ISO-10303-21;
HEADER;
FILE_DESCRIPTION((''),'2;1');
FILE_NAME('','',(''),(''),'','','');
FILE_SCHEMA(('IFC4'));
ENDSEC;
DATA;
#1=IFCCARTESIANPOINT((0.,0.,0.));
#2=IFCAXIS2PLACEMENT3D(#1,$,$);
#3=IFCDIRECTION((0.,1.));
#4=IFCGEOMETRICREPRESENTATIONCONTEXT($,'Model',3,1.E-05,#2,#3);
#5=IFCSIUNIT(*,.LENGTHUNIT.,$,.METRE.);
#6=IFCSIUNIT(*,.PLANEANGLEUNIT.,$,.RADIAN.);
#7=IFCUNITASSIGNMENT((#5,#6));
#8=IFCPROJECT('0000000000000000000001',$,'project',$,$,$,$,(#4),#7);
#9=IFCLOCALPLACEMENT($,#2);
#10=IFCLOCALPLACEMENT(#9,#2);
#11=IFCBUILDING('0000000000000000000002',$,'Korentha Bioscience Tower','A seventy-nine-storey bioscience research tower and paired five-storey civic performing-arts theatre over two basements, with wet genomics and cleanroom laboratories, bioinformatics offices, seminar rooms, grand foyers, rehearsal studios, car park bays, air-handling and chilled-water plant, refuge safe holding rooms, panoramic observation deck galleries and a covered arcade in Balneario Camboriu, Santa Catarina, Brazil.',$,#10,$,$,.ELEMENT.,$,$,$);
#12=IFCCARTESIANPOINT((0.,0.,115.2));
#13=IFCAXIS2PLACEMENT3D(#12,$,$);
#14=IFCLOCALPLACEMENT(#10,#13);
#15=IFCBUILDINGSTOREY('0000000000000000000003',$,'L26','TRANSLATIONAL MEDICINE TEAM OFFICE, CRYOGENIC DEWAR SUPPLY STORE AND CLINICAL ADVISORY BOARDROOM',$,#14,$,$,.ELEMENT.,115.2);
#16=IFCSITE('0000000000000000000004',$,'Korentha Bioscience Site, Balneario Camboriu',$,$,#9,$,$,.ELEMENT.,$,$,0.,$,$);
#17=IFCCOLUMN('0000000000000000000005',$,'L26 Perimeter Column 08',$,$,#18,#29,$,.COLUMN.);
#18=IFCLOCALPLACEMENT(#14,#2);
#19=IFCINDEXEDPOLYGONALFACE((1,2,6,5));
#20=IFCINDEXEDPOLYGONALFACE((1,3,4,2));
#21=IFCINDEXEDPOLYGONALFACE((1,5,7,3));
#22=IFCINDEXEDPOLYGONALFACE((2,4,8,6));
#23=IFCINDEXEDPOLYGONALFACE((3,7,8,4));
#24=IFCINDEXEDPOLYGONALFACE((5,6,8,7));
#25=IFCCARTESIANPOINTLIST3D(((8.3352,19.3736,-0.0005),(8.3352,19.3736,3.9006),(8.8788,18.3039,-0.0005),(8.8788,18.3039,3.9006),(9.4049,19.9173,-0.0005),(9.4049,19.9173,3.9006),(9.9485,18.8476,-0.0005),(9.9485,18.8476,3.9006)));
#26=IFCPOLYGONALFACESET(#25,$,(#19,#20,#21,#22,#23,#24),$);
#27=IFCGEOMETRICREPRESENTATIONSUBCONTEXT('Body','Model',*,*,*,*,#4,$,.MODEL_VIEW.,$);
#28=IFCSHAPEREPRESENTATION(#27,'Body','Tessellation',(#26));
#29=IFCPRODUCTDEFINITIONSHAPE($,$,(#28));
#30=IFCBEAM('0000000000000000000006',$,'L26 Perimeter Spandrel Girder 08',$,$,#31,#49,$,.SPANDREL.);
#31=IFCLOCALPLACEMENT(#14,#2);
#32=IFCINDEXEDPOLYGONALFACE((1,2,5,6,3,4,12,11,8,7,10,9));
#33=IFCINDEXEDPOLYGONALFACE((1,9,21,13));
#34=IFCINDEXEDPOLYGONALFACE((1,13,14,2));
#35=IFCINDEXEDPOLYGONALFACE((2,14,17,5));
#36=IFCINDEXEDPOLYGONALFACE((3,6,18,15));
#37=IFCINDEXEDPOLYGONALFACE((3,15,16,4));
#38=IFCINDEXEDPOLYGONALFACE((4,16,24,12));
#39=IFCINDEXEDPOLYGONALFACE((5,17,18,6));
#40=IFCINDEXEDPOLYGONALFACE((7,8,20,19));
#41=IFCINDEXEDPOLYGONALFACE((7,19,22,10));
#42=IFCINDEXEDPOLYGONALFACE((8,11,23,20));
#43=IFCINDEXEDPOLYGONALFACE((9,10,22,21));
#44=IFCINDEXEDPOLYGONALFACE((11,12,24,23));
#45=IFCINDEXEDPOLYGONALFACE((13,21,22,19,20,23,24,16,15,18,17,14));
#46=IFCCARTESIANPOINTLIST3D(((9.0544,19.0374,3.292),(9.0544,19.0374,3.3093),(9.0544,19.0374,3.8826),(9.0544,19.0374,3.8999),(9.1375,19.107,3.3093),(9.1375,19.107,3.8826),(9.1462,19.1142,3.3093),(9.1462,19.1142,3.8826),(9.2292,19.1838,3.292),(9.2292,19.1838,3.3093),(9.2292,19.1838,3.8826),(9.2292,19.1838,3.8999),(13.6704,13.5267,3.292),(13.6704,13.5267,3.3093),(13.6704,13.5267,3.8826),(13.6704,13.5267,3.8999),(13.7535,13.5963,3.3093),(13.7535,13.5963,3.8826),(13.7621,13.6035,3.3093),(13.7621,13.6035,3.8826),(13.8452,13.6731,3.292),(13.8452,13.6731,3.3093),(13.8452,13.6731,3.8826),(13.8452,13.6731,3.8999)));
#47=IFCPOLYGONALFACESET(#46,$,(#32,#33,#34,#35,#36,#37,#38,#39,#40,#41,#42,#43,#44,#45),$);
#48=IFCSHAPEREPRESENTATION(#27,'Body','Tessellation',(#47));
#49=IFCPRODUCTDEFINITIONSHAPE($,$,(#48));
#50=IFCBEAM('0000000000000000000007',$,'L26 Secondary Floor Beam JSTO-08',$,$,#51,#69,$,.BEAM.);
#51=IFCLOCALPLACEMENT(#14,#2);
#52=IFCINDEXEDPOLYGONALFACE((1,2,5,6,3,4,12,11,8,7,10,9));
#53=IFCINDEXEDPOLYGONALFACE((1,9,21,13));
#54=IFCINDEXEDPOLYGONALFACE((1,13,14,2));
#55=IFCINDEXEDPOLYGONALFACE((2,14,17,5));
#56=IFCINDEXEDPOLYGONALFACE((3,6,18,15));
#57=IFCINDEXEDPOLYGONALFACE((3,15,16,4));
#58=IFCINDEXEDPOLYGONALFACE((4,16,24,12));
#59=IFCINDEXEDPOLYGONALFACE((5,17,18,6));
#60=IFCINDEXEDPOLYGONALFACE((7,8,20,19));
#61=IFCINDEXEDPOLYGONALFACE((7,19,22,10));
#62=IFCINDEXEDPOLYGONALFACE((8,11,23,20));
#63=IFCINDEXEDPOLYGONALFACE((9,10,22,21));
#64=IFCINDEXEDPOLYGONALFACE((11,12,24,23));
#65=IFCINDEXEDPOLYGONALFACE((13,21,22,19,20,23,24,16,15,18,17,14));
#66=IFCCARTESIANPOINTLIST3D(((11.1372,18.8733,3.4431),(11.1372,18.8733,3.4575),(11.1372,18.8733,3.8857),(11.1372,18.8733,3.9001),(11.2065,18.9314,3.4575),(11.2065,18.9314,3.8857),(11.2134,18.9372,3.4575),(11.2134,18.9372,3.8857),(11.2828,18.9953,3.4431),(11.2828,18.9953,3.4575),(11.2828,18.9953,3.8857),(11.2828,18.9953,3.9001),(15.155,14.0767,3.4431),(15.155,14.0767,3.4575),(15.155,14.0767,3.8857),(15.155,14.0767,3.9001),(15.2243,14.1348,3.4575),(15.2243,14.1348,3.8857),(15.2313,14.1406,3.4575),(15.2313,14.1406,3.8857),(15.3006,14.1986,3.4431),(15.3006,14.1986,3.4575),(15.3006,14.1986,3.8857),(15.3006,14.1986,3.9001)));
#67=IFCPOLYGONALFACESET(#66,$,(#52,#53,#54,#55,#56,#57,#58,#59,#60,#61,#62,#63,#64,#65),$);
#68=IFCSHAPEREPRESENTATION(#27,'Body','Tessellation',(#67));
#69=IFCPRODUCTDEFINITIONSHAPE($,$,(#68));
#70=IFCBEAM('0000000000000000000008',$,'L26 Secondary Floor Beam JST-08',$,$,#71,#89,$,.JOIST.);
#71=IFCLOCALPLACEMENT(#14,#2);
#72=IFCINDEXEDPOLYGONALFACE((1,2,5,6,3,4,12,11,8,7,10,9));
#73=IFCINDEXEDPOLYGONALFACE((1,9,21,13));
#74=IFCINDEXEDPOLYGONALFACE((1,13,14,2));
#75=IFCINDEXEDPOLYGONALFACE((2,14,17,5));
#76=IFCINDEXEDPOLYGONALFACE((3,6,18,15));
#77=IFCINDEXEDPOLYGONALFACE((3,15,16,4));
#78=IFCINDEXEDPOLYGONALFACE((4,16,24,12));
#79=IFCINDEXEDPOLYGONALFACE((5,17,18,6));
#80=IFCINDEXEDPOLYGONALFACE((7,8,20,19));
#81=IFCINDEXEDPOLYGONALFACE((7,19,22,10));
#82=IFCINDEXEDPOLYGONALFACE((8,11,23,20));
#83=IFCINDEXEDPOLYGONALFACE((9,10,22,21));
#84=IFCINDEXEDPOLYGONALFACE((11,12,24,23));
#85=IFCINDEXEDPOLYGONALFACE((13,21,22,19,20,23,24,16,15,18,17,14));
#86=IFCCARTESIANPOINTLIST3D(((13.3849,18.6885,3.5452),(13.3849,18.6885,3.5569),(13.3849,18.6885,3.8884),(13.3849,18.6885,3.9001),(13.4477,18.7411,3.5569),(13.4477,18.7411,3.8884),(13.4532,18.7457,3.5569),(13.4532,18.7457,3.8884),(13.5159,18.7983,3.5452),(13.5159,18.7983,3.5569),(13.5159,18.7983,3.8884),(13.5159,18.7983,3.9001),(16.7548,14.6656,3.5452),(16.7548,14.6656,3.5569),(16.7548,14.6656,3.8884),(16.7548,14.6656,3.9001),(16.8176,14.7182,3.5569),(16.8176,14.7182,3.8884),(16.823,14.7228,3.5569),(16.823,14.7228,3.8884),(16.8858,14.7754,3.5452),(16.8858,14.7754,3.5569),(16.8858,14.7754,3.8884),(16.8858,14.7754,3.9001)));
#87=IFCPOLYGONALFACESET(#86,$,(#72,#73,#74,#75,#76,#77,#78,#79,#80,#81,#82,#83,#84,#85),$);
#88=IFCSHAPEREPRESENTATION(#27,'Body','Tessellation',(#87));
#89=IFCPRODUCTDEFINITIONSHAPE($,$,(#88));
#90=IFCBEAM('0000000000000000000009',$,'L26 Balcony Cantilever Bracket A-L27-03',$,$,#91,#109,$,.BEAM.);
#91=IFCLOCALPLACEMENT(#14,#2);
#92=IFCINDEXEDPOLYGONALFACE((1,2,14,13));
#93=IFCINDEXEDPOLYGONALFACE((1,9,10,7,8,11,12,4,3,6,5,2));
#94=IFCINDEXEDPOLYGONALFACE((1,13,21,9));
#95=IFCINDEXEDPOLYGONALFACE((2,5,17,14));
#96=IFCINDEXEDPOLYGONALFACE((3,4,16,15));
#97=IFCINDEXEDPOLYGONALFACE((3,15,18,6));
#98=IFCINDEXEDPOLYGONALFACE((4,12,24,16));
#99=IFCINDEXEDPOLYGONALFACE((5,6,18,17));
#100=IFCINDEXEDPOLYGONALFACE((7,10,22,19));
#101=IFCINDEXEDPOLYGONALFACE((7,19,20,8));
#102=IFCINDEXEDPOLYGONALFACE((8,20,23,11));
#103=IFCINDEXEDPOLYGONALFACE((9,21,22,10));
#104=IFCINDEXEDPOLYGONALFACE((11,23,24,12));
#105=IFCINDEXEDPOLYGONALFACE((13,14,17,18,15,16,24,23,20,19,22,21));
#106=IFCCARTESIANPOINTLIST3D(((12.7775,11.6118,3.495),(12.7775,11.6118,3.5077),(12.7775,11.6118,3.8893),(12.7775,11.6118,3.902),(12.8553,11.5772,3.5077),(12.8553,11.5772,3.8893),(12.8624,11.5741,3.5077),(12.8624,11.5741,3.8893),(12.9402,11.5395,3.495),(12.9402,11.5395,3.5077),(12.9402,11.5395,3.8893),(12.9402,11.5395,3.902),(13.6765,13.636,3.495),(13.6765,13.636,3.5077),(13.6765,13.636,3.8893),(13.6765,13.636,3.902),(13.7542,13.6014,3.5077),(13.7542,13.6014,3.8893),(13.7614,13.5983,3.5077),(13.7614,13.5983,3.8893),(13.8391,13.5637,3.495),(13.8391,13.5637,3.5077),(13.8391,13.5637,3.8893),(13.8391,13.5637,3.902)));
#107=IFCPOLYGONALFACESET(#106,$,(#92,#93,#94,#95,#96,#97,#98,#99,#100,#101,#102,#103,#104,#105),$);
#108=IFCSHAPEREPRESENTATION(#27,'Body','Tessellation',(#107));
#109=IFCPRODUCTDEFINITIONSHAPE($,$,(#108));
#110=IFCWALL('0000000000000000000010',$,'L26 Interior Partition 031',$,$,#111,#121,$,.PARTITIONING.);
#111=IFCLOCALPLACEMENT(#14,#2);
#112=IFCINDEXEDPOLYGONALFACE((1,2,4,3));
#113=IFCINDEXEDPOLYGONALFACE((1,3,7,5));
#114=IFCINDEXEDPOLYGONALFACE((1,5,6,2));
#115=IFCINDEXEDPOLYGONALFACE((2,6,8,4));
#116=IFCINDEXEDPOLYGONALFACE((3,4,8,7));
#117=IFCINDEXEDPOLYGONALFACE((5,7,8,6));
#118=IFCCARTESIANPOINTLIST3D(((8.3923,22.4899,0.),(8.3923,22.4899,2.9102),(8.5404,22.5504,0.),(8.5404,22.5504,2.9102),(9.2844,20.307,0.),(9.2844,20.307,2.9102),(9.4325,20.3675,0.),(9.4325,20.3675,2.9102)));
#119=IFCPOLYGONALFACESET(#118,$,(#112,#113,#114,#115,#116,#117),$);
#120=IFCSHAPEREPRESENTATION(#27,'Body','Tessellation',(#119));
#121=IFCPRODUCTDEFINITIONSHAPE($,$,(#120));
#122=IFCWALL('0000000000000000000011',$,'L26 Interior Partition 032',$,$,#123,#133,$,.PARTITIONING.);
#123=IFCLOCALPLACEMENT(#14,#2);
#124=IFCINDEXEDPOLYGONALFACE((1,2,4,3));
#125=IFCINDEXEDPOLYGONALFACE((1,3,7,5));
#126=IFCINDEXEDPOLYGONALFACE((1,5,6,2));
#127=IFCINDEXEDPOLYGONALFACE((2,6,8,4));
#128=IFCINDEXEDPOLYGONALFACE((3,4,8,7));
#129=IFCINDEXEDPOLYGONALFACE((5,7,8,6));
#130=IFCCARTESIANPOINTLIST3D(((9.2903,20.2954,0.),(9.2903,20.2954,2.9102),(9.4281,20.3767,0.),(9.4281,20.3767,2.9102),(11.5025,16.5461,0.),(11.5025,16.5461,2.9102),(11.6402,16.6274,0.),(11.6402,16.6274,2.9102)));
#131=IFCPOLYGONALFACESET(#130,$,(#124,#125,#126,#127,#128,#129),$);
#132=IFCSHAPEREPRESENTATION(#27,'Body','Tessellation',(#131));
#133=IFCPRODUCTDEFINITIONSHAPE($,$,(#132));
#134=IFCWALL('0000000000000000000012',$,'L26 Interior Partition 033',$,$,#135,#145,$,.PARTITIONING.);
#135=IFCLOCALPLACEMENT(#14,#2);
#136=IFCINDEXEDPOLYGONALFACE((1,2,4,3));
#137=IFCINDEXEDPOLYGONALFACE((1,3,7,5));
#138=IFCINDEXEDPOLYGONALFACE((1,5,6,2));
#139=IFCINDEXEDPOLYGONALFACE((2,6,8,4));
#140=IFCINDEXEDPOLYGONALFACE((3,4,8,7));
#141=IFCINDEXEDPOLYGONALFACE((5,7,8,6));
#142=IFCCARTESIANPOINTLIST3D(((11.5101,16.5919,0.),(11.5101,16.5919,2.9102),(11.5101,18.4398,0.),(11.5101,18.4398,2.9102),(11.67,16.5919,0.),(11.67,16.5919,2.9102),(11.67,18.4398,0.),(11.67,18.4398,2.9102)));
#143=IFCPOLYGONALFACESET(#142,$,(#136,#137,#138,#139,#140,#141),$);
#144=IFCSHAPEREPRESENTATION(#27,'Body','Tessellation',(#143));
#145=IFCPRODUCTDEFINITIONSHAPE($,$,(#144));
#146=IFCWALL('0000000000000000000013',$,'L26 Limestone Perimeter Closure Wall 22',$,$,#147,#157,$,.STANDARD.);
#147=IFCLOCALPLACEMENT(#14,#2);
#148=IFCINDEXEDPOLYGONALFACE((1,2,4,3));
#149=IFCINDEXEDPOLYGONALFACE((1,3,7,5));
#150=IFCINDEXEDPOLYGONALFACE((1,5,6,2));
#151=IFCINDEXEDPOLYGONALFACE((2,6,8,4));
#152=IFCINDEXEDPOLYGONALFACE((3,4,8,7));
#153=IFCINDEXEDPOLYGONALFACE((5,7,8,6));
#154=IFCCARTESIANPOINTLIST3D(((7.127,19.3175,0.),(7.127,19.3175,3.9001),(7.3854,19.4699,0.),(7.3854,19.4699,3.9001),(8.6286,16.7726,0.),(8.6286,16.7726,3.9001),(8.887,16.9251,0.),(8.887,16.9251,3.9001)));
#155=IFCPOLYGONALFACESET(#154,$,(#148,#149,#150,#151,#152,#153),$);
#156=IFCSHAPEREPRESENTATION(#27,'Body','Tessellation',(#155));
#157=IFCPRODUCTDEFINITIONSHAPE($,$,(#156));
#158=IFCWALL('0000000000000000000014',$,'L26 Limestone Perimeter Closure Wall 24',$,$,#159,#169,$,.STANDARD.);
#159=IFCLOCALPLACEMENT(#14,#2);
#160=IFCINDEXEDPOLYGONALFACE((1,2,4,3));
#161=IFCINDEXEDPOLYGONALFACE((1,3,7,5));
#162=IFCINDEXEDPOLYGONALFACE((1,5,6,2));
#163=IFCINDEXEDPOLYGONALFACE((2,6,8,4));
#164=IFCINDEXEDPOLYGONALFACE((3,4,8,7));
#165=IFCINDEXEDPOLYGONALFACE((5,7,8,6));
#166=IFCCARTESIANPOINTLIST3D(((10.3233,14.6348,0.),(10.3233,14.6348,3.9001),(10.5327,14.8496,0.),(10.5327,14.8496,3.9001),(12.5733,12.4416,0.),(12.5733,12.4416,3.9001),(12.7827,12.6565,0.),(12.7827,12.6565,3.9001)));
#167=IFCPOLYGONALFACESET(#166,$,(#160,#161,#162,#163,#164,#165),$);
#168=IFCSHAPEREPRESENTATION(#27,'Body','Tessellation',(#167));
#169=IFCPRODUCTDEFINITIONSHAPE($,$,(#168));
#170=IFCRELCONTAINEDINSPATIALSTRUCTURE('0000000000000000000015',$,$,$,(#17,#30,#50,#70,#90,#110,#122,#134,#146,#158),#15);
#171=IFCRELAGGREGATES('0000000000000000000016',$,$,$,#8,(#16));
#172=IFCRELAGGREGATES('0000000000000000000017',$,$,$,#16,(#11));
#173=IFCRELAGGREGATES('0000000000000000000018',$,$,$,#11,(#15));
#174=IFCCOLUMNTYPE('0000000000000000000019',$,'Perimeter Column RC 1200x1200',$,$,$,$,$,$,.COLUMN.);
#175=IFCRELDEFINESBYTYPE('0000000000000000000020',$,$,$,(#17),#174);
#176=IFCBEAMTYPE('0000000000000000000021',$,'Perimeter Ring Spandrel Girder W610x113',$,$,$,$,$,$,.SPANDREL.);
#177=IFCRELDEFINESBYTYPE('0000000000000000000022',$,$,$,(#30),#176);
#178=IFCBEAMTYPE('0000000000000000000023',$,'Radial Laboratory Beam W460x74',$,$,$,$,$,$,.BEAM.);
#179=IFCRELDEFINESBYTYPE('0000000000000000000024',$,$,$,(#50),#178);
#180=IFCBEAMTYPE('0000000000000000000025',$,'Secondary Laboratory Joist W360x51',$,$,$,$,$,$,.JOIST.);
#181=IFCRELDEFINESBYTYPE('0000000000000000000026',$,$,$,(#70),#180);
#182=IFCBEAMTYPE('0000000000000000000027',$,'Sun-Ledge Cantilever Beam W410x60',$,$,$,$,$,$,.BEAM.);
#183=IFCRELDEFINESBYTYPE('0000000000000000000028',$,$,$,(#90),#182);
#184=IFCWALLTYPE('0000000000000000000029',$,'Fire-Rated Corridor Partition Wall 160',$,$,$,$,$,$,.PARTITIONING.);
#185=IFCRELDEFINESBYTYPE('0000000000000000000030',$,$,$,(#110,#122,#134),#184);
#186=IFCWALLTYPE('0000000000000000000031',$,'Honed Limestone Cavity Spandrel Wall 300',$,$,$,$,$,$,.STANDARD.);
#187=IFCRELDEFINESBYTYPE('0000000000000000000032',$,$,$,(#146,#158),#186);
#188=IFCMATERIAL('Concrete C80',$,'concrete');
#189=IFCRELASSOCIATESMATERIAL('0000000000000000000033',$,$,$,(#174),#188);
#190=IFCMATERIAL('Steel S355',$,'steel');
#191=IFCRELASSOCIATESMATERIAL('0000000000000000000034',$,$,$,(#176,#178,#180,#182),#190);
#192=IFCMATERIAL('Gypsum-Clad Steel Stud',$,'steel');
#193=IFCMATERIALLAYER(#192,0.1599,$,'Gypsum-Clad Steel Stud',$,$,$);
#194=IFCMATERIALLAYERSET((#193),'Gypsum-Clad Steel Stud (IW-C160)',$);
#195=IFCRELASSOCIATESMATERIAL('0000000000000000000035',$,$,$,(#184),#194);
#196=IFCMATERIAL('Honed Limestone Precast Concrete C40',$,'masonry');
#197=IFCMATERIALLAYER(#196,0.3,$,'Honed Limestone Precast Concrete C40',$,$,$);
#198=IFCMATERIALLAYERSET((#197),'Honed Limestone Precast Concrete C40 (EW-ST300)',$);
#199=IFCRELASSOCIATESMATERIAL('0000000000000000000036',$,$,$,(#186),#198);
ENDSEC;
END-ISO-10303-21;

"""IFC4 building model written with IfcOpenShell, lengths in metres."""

from ifc_helpers import new_model, si_unit, direction, frame, frame_2d, origin, origin_2d, place, context, subcontext, project, spatial, rectangle, i_section, extrude, material, layer, layer_set, material_profile, profile_set, type_object, element, save


model = new_model("IFC4")

# Units and contexts
model_context = context("Model", 3, precision=1e-05, world=origin(), true_north=direction((0.0, 1.0)))
body_context = subcontext(model_context, "Body", "Model", "MODEL_VIEW")
ifc_project = project(units=[si_unit("LENGTHUNIT", "METRE"), si_unit("PLANEANGLEUNIT", "RADIAN")], contexts=[model_context])

# Site, building, storey
site_placement = place(None, origin())
site = spatial("IfcSite", under=ifc_project, at=site_placement, Name="Korentha Bioscience Site, Balneario Camboriu", CompositionType="ELEMENT", RefElevation=0.0)
building_placement = place(site_placement, origin())
building = spatial("IfcBuilding", under=site, at=building_placement, Name="Korentha Bioscience Tower", Description="A seventy-nine-storey bioscience research tower and paired five-storey civic performing-arts theatre over two basements, with wet genomics and cleanroom laboratories, bioinformatics offices, seminar rooms, grand foyers, rehearsal studios, car park bays, air-handling and chilled-water plant, refuge safe holding rooms, panoramic observation deck galleries and a covered arcade in Balneario Camboriu, Santa Catarina, Brazil.", CompositionType="ELEMENT")
storey_placement = place(building_placement, frame((0.0, 0.0, 115.2)))
storey = spatial("IfcBuildingStorey", under=building, at=storey_placement, Name="L26", Description="TRANSLATIONAL MEDICINE TEAM OFFICE, CRYOGENIC DEWAR SUPPLY STORE AND CLINICAL ADVISORY BOARDROOM", CompositionType="ELEMENT", Elevation=115.2)

# Column
ifc_material_1 = material(Name="Concrete C80", Category="concrete")
ifc_material_profile_1 = material_profile(ifc_material_1, rectangle(XDim=1.2, YDim=1.2, at=origin_2d()), Name="Concrete C80")
ifc_profile_set_1 = profile_set([ifc_material_profile_1], Name="Concrete C80 (COL-P12)")
column_type = type_object("IfcColumnType", Name="Perimeter Column RC 1200x1200", PredefinedType="COLUMN", material=ifc_profile_set_1)
column_placement = place(storey_placement, frame((9.1418, 19.1106, -0.0005), z_axis=(0.0, 0.0, 1.0), x_axis=(-0.453057, 0.891481, 0.0)))
element("IfcColumn", 1, at=column_placement, inside=storey, type_object=column_type, Name="L26 Perimeter Column 08", PredefinedType="COLUMN", context=body_context, shape_type="SweptSolid", body=[
    extrude(rectangle(XDim=1.2, YDim=1.2, at=origin_2d()), origin(), (0.0, 0.0, 1.0), 3.9011),
])

# Beams
ifc_material_2 = material(Name="Steel S355", Category="steel")
ifc_material_profile_2 = material_profile(ifc_material_2, i_section(OverallWidth=0.228, OverallDepth=0.6079, WebThickness=0.0112, FlangeThickness=0.0173, at=origin_2d()), Name="Steel S355")
ifc_profile_set_2 = profile_set([ifc_material_profile_2], Name="Steel S355 (SB-610)")
beam_type_1 = type_object("IfcBeamType", Name="Perimeter Ring Spandrel Girder W610x113", PredefinedType="SPANDREL", material=ifc_profile_set_2)
beam_1_placement = place(storey_placement, frame((9.1418, 19.1106, 3.5959), z_axis=(0.642127, -0.766599, 0.0), x_axis=(0.766599, 0.642127, 0.0)))
element("IfcBeam", 2, at=beam_1_placement, inside=storey, type_object=beam_type_1, Name="L26 Perimeter Spandrel Girder 08", PredefinedType="SPANDREL", context=body_context, shape_type="SweptSolid", body=[
    extrude(i_section(OverallWidth=0.228, OverallDepth=0.6079, WebThickness=0.0112, FlangeThickness=0.0173, at=origin_2d()), origin(), (0.0, 0.0, 1.0), 7.1885),
])
ifc_material_profile_3 = material_profile(ifc_material_2, i_section(OverallWidth=0.1899, OverallDepth=0.457, WebThickness=0.009, FlangeThickness=0.0144, at=origin_2d()), Name="Steel S355")
ifc_profile_set_3 = profile_set([ifc_material_profile_3], Name="Steel S355 (RB-460)")
beam_type_2 = type_object("IfcBeamType", Name="Radial Laboratory Beam W460x74", PredefinedType="BEAM", material=ifc_profile_set_3)
beam_2_placement = place(storey_placement, frame((11.21, 18.9343, 3.6716), z_axis=(0.642128, -0.766597, 0.0), x_axis=(0.766597, 0.642128, 0.0)))
element("IfcBeam", 3, at=beam_2_placement, inside=storey, type_object=beam_type_2, Name="L26 Secondary Floor Beam JSTO-08", PredefinedType="BEAM", context=body_context, shape_type="SweptSolid", body=[
    extrude(i_section(OverallWidth=0.1899, OverallDepth=0.457, WebThickness=0.009, FlangeThickness=0.0144, at=origin_2d()), origin(), (0.0, 0.0, 1.0), 6.2571),
])
ifc_material_profile_4 = material_profile(ifc_material_2, i_section(OverallWidth=0.1709, OverallDepth=0.355, WebThickness=0.0071, FlangeThickness=0.0117, at=origin_2d()), Name="Steel S355")
ifc_profile_set_4 = profile_set([ifc_material_profile_4], Name="Steel S355 (JB-360)")
beam_type_3 = type_object("IfcBeamType", Name="Secondary Laboratory Joist W360x51", PredefinedType="JOIST", material=ifc_profile_set_4)
beam_3_placement = place(storey_placement, frame((13.4504, 18.7434, 3.7227), z_axis=(0.642141, -0.766587, 0.0), x_axis=(0.766587, 0.642141, 0.0)))
element("IfcBeam", 4, at=beam_3_placement, inside=storey, type_object=beam_type_3, Name="L26 Secondary Floor Beam JST-08", PredefinedType="JOIST", context=body_context, shape_type="SweptSolid", body=[
    extrude(i_section(OverallWidth=0.1709, OverallDepth=0.355, WebThickness=0.0071, FlangeThickness=0.0117, at=origin_2d()), origin(), (0.0, 0.0, 1.0), 5.2478),
])
ifc_material_profile_5 = material_profile(ifc_material_2, i_section(OverallWidth=0.178, OverallDepth=0.407, WebThickness=0.0078, FlangeThickness=0.0127, at=origin_2d()), Name="Steel S355")
ifc_profile_set_5 = profile_set([ifc_material_profile_5], Name="Steel S355 (CB-410)")
beam_type_4 = type_object("IfcBeamType", Name="Sun-Ledge Cantilever Beam W410x60", PredefinedType="BEAM", material=ifc_profile_set_5)
beam_4_placement = place(storey_placement, frame((13.7578, 13.5999, 3.6985), z_axis=(-0.405873, -0.91393, 0.0), x_axis=(0.91393, -0.405873, 0.0)))
element("IfcBeam", 5, at=beam_4_placement, inside=storey, type_object=beam_type_4, Name="L26 Balcony Cantilever Bracket A-L27-03", PredefinedType="BEAM", context=body_context, shape_type="SweptSolid", body=[
    extrude(i_section(OverallWidth=0.178, OverallDepth=0.407, WebThickness=0.0078, FlangeThickness=0.0127, at=origin_2d()), origin(), (0.0, 0.0, 1.0), 2.2148),
])

# Shared definitions
ifc_material_3 = material(Name="Gypsum-Clad Steel Stud", Category="steel")
ifc_layer_1 = layer(ifc_material_3, 0.1599, Name="Gypsum-Clad Steel Stud")
ifc_layer_set_1 = layer_set([ifc_layer_1], Name="Gypsum-Clad Steel Stud (IW-C160)")
wall_type_1 = type_object("IfcWallType", Name="Fire-Rated Corridor Partition Wall 160", PredefinedType="PARTITIONING", material=ifc_layer_set_1)

# Walls
wall_1_placement = place(storey_placement, frame((8.4663, 22.5203, 0.0), z_axis=(0.0, 0.0, 1.0), x_axis=(0.378306, -0.92568, 0.0)))
element("IfcWall", 6, at=wall_1_placement, inside=storey, type_object=wall_type_1, Name="L26 Interior Partition 031", PredefinedType="PARTITIONING", context=body_context, shape_type="SweptSolid", body=[
    extrude(rectangle(XDim=2.3582, YDim=0.1599, at=frame_2d((1.1792, 0.0))), origin(), (0.0, 0.0, 1.0), 2.9102),
])
wall_2_placement = place(storey_placement, frame((9.3591, 20.3362, 0.0), z_axis=(0.0, 0.0, 1.0), x_axis=(0.508164, -0.86126, 0.0)))
element("IfcWall", 7, at=wall_2_placement, inside=storey, type_object=wall_type_1, Name="L26 Interior Partition 032", PredefinedType="PARTITIONING", context=body_context, shape_type="SweptSolid", body=[
    extrude(rectangle(XDim=4.3533, YDim=0.1599, at=frame_2d((2.1768, 0.0))), origin(), (0.0, 0.0, 1.0), 2.9102),
])
wall_3_placement = place(storey_placement, frame((11.5901, 16.592, 0.0), z_axis=(0.0, 0.0, 1.0), x_axis=(0.0, 1.0, 0.0)))
element("IfcWall", 8, at=wall_3_placement, inside=storey, type_object=wall_type_1, Name="L26 Interior Partition 033", PredefinedType="PARTITIONING", context=body_context, shape_type="SweptSolid", body=[
    extrude(rectangle(XDim=1.8479, YDim=0.1599, at=frame_2d((0.9238, 0.0))), origin(), (0.0, 0.0, 1.0), 2.9102),
])

# Shared definitions
ifc_material_4 = material(Name="Honed Limestone Precast Concrete C40", Category="masonry")
ifc_layer_2 = layer(ifc_material_4, 0.3, Name="Honed Limestone Precast Concrete C40")
ifc_layer_set_2 = layer_set([ifc_layer_2], Name="Honed Limestone Precast Concrete C40 (EW-ST300)")
wall_type_2 = type_object("IfcWallType", Name="Honed Limestone Cavity Spandrel Wall 300", PredefinedType="STANDARD", material=ifc_layer_set_2)

# Walls
wall_4_placement = place(storey_placement, frame((7.2561, 19.3938, 0.0), z_axis=(0.0, 0.0, 1.0), x_axis=(0.5082, -0.861239, 0.0)))
element("IfcWall", 9, at=wall_4_placement, inside=storey, type_object=wall_type_2, Name="L26 Limestone Perimeter Closure Wall 22", PredefinedType="STANDARD", context=body_context, shape_type="SweptSolid", body=[
    extrude(rectangle(XDim=2.9548, YDim=0.3, at=frame_2d((1.4775, 0.0))), origin(), (0.0, 0.0, 1.0), 3.9001),
])
wall_5_placement = place(storey_placement, frame((10.428, 14.7422, 0.0), z_axis=(0.0, 0.0, 1.0), x_axis=(0.716101, -0.697997, 0.0)))
element("IfcWall", 10, at=wall_5_placement, inside=storey, type_object=wall_type_2, Name="L26 Limestone Perimeter Closure Wall 24", PredefinedType="STANDARD", context=body_context, shape_type="SweptSolid", body=[
    extrude(rectangle(XDim=3.1421, YDim=0.3, at=frame_2d((1.571, 0.0))), origin(), (0.0, 0.0, 1.0), 3.9001),
])

save(model, "model.ifc")
